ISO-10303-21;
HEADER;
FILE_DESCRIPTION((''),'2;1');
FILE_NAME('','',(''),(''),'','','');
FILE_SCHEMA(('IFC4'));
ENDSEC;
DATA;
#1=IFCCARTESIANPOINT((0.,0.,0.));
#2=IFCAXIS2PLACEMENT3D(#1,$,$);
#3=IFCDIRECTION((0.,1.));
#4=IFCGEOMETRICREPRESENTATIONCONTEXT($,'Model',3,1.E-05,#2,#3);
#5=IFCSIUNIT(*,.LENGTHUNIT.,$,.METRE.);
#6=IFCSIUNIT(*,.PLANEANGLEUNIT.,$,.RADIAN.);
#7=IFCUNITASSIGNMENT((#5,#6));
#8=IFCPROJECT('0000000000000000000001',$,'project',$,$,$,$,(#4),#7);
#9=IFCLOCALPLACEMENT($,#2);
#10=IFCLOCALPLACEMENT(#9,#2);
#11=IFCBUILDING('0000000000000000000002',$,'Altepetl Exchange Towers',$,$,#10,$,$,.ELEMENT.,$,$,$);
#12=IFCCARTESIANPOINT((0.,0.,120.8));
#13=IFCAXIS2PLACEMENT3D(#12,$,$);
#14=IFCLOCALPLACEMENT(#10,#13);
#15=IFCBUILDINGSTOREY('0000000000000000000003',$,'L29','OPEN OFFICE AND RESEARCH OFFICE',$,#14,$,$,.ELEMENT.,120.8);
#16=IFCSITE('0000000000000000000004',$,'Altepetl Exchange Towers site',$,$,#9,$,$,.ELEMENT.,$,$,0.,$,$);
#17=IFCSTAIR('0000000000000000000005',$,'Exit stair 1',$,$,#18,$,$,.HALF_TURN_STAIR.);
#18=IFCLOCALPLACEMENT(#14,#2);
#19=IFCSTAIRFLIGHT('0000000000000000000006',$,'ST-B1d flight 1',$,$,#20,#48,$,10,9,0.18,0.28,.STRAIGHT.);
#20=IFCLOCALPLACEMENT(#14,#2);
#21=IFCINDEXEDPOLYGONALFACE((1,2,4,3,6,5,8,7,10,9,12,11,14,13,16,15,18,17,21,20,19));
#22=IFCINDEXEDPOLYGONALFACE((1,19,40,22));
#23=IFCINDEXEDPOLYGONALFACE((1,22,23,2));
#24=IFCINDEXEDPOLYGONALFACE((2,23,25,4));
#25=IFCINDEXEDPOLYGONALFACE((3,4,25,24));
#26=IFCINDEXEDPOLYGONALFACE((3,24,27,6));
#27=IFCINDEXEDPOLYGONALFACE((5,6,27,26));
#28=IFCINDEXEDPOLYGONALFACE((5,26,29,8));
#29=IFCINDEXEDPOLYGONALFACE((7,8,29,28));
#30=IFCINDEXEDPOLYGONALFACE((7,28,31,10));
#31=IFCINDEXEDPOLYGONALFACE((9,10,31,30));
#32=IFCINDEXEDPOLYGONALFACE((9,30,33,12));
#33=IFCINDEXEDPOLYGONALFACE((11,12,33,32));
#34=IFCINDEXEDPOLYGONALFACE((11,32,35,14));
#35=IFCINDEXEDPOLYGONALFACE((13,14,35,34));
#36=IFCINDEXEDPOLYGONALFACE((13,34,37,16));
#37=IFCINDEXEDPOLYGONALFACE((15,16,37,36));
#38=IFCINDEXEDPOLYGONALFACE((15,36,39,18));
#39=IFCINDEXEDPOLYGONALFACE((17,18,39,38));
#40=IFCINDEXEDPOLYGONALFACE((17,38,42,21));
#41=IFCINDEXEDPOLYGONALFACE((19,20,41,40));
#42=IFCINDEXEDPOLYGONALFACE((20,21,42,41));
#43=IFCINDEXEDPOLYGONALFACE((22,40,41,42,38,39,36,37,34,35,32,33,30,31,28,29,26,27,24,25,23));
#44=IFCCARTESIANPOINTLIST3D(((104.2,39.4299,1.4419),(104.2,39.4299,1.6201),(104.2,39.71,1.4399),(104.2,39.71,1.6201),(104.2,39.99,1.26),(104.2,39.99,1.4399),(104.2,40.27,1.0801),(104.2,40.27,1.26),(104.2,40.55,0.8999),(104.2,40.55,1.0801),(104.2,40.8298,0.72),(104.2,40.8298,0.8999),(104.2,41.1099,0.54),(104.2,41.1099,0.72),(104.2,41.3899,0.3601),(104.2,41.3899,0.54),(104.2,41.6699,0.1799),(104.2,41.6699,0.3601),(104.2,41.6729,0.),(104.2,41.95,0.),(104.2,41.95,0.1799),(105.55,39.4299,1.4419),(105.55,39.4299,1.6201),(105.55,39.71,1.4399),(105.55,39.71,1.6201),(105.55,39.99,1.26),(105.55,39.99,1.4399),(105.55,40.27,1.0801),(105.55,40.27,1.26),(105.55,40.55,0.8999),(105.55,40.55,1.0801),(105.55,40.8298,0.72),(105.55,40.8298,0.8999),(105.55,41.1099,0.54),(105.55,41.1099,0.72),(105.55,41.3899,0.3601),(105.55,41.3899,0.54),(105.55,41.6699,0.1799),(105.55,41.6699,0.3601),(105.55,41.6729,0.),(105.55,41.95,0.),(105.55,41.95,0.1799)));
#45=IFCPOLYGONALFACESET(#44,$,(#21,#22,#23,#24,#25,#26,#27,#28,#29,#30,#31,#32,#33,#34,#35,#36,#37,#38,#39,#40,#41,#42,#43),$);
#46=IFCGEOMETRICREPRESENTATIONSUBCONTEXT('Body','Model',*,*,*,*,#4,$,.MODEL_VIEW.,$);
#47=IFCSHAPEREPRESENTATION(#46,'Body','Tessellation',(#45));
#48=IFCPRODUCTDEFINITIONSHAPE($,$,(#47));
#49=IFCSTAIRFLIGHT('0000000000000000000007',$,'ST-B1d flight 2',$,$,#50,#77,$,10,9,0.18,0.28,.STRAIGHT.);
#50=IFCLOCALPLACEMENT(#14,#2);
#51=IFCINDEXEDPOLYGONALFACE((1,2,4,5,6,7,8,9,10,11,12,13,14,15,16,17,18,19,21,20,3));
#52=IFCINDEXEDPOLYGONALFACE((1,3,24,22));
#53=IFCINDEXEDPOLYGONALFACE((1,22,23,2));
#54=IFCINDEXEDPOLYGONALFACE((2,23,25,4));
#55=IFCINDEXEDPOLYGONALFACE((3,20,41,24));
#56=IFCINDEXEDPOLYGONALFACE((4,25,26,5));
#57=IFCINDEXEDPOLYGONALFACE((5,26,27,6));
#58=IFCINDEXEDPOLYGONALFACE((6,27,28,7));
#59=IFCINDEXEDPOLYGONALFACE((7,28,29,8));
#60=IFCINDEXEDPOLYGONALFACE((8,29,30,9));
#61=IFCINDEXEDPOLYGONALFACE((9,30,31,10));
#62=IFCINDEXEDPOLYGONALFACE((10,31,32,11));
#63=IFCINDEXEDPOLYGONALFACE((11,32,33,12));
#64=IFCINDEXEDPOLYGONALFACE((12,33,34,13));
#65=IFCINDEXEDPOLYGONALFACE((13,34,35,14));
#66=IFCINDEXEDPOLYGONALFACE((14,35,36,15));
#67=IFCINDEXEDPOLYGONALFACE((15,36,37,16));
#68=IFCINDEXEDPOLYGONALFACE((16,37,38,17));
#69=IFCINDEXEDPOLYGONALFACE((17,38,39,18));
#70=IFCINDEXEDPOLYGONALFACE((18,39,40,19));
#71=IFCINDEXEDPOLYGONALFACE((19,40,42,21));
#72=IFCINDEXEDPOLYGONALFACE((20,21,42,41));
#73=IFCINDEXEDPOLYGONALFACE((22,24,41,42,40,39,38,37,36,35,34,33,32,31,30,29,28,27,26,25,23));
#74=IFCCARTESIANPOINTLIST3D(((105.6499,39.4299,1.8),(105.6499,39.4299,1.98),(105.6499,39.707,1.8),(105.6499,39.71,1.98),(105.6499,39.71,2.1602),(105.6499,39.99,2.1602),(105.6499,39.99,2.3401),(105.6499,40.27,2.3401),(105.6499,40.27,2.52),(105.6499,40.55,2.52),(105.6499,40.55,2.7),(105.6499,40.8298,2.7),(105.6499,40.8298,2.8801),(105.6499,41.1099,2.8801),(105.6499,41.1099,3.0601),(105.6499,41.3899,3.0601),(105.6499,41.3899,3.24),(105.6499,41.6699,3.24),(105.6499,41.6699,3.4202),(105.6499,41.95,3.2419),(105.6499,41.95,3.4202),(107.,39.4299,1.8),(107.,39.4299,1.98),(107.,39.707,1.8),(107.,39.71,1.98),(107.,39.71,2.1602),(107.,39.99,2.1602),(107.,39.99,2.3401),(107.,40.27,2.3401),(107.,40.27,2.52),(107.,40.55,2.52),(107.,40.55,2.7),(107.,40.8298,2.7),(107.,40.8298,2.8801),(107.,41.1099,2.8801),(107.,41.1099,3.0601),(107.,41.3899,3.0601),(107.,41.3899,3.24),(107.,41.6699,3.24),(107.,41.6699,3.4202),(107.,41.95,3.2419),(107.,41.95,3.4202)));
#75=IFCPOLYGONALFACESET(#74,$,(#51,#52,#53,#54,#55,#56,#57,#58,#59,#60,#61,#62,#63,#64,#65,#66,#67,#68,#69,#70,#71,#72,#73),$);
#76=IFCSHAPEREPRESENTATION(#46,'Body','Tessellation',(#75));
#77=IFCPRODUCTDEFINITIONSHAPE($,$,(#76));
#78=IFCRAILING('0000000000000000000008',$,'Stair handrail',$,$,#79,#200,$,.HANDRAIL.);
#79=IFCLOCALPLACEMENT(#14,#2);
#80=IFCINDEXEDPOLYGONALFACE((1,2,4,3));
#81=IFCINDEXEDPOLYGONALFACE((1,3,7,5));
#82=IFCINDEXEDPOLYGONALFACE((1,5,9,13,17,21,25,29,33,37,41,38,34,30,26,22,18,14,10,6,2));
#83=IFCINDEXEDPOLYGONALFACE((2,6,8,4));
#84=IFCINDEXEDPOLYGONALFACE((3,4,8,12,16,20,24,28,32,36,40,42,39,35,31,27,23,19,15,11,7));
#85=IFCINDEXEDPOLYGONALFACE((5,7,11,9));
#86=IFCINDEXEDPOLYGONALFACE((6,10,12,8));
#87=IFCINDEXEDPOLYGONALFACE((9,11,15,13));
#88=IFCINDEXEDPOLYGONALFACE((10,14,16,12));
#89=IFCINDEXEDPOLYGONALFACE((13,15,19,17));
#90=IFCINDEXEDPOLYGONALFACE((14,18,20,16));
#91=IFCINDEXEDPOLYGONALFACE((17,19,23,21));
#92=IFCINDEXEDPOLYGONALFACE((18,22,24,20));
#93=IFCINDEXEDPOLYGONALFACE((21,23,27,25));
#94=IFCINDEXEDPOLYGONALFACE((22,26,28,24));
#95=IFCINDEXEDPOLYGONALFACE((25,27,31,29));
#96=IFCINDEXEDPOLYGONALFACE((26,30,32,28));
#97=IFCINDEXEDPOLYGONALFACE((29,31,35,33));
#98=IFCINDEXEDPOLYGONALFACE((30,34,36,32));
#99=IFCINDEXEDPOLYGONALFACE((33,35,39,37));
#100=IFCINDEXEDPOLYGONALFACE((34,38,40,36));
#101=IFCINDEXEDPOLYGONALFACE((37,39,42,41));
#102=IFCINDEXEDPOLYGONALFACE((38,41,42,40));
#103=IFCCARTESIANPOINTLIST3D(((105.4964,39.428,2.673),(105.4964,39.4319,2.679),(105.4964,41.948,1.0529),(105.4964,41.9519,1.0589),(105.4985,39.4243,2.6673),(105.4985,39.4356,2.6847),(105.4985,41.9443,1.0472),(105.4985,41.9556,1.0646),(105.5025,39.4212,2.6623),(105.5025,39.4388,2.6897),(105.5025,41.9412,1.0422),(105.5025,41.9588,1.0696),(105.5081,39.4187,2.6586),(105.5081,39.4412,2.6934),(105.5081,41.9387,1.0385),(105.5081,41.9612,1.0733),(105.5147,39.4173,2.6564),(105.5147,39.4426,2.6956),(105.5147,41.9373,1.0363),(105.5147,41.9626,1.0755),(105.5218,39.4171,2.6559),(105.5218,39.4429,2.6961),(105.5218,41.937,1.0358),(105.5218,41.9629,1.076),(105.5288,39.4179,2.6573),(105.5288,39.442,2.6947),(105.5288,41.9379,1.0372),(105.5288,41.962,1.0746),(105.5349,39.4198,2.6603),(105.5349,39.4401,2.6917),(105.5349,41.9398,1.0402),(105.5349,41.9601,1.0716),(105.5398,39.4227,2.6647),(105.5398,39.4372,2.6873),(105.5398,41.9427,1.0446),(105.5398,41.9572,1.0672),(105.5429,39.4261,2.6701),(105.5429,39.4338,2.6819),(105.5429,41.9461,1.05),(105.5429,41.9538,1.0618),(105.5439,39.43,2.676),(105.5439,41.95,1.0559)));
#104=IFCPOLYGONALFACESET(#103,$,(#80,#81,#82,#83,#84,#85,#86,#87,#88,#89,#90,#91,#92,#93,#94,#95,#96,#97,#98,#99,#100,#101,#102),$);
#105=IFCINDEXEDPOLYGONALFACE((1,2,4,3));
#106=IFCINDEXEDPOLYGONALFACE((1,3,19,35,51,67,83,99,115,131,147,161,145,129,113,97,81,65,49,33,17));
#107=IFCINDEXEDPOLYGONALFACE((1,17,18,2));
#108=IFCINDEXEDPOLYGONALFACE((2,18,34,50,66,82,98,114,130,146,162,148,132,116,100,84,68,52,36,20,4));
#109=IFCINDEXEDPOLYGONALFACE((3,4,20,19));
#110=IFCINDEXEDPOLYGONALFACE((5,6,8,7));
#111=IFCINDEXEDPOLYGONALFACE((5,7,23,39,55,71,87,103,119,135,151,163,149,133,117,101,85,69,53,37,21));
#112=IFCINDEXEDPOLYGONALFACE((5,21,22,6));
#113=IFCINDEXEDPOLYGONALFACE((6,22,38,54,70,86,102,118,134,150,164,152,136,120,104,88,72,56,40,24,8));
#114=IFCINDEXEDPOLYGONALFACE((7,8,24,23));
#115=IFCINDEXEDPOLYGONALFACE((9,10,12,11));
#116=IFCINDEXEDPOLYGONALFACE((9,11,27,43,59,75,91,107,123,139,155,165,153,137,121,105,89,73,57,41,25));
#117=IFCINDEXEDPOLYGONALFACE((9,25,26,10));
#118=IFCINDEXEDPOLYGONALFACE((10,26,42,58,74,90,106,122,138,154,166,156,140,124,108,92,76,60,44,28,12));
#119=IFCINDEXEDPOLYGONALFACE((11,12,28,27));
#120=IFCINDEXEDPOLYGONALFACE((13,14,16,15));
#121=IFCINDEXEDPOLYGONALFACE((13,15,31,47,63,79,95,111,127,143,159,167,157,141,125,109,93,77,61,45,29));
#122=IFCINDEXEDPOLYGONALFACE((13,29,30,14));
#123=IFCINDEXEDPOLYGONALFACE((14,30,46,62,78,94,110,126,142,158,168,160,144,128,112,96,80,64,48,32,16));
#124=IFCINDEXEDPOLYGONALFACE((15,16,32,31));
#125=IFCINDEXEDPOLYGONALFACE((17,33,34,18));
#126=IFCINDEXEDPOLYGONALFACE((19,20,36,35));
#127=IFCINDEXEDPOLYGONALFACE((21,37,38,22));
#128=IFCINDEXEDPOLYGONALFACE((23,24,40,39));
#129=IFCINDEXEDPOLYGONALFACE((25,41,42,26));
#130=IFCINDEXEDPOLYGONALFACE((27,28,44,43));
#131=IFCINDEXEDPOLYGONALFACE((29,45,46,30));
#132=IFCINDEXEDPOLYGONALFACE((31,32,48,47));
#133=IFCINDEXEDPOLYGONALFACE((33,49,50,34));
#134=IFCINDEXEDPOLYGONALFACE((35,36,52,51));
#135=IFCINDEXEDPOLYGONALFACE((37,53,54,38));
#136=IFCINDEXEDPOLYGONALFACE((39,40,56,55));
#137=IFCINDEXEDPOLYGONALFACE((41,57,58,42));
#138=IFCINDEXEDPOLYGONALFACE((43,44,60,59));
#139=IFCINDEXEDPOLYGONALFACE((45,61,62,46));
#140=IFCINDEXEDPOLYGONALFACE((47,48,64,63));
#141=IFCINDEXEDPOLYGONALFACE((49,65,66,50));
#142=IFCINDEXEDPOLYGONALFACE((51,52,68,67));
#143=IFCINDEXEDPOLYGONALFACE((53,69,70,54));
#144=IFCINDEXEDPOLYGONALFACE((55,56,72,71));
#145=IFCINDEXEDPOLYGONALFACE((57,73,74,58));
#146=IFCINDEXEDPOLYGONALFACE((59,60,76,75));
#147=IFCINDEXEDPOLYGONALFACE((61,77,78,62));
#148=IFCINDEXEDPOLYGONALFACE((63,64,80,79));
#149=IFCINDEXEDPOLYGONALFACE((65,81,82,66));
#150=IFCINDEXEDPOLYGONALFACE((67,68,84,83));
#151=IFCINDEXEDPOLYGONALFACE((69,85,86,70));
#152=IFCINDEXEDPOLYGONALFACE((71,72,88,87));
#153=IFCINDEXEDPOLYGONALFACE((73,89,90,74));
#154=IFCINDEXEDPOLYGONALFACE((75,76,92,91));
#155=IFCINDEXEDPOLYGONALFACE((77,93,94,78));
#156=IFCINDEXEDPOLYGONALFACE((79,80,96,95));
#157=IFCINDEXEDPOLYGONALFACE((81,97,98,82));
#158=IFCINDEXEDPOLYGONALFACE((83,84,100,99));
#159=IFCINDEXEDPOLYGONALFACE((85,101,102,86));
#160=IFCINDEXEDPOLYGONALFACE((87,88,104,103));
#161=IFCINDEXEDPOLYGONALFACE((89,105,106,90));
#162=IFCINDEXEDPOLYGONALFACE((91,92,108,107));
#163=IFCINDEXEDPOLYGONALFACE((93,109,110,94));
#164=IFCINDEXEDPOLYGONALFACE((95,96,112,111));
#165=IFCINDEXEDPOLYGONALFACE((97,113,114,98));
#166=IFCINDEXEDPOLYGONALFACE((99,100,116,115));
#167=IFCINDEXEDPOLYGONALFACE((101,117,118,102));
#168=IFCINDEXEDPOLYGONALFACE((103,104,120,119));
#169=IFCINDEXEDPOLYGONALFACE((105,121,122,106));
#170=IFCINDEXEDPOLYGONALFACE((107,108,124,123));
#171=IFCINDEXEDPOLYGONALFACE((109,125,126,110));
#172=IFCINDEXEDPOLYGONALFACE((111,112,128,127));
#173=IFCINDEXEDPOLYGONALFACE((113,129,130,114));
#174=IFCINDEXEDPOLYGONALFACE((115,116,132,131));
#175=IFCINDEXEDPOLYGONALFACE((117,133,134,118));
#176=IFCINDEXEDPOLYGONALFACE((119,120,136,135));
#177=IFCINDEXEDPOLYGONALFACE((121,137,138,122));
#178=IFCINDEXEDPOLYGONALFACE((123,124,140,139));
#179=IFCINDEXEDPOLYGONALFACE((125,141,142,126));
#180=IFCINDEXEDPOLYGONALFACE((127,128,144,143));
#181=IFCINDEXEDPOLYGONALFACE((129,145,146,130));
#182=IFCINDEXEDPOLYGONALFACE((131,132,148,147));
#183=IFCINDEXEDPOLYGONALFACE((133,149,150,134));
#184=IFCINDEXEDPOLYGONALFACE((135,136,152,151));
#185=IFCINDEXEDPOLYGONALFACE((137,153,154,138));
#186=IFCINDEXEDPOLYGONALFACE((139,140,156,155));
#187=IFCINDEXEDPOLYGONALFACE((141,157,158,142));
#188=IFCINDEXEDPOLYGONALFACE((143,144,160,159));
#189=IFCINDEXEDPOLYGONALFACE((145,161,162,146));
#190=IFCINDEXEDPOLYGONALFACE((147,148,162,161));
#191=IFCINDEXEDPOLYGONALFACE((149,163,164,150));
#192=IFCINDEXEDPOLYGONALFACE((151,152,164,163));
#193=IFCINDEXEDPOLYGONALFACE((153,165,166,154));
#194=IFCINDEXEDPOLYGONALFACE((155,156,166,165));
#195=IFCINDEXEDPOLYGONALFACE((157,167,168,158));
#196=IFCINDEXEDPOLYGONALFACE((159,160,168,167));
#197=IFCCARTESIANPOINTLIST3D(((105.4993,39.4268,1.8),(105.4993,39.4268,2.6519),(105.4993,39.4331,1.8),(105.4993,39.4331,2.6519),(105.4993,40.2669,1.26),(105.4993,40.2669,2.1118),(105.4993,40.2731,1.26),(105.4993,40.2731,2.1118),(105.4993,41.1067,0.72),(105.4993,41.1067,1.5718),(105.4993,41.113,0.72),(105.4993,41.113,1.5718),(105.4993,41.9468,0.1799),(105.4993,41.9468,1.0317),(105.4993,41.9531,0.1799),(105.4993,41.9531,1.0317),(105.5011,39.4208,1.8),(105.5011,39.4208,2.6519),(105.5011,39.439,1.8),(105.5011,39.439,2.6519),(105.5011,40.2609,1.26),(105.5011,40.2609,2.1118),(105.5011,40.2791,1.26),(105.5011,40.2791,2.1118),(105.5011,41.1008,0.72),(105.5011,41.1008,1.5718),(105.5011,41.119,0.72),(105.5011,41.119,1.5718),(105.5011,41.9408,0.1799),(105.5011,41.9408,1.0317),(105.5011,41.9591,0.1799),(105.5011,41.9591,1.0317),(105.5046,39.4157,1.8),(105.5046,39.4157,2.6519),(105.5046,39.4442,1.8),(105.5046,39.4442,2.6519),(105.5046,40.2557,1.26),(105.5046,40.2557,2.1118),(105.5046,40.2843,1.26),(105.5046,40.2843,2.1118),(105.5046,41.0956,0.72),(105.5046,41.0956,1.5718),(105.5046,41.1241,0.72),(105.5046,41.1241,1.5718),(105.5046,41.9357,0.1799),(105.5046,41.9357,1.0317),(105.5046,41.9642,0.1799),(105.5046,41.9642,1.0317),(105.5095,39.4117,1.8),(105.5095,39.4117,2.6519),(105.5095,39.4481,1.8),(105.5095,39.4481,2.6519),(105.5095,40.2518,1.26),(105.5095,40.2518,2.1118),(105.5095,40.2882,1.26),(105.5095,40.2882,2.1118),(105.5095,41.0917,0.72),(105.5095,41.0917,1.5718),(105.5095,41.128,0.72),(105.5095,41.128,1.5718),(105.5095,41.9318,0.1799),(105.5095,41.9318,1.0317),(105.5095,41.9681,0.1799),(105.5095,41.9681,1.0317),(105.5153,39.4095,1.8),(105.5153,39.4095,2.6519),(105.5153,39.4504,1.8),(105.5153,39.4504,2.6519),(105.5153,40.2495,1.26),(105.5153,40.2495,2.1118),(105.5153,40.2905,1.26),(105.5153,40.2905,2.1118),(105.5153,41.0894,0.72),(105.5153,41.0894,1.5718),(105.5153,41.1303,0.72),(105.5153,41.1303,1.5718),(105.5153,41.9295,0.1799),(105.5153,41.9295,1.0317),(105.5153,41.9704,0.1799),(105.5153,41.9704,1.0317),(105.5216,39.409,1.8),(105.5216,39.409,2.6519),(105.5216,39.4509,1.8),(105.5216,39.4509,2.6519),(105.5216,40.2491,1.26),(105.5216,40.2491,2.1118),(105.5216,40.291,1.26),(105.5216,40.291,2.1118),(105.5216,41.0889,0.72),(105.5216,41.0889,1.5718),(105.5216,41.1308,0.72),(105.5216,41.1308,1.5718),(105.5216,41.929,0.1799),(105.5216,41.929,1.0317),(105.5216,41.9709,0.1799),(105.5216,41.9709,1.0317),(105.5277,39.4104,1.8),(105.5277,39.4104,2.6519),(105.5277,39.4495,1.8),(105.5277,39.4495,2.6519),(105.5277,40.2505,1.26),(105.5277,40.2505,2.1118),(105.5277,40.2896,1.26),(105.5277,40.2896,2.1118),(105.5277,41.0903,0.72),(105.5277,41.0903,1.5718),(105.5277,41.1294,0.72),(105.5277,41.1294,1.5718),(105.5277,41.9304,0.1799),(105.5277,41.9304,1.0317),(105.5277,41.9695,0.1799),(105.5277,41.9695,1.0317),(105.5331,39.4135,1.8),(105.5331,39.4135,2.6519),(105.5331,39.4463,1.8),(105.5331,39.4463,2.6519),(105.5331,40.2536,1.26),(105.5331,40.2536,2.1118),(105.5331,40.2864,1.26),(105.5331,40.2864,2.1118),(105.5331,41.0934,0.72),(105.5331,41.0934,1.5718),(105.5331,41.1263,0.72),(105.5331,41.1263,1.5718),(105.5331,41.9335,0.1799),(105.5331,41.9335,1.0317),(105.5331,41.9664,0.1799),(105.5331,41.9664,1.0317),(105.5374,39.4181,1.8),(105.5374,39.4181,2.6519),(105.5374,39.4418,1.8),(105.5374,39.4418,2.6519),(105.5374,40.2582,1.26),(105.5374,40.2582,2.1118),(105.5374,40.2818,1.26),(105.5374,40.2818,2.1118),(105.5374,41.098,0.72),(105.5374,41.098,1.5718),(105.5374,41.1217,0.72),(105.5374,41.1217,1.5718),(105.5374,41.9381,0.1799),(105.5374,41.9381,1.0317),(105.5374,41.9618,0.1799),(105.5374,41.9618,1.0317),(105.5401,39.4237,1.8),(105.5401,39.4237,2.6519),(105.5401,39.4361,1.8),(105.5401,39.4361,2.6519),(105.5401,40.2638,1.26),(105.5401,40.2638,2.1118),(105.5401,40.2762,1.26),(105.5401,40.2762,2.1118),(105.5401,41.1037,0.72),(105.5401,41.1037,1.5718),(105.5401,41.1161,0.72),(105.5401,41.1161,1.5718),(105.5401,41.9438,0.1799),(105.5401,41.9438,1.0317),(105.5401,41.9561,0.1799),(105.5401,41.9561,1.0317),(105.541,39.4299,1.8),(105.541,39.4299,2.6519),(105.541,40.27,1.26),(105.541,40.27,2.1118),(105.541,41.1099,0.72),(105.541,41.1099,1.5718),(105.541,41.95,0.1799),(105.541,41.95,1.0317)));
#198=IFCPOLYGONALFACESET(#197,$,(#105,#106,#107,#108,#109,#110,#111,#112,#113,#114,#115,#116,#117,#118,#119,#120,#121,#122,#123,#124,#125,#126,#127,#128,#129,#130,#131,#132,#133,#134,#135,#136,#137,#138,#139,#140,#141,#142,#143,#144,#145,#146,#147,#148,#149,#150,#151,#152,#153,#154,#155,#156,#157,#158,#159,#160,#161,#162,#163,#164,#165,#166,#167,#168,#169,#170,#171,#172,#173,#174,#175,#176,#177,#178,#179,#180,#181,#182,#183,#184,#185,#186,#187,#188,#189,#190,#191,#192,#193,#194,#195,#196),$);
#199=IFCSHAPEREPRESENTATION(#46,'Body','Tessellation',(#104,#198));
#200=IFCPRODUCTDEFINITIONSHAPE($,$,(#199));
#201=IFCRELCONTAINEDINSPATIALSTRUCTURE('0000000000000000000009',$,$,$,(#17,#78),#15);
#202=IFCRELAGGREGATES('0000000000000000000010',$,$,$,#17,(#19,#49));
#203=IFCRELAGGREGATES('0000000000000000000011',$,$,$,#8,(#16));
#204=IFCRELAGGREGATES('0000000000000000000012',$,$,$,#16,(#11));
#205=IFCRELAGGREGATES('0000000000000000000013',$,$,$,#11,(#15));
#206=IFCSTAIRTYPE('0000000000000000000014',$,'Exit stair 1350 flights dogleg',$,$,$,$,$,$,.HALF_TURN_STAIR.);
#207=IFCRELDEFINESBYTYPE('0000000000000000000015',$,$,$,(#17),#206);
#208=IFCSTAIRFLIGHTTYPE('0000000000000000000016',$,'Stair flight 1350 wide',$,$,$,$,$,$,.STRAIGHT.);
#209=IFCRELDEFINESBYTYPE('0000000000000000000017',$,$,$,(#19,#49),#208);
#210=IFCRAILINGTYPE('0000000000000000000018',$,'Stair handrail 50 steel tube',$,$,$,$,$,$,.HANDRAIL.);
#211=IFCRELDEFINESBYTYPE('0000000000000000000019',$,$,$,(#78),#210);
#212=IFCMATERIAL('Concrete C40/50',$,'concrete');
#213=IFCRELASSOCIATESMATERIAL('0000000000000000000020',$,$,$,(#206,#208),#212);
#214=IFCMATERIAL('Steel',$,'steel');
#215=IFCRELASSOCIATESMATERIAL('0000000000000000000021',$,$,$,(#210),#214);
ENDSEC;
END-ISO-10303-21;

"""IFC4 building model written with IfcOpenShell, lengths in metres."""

from ifc_helpers import new_model, si_unit, direction, frame, origin, origin_2d, place, context, subcontext, project, spatial, polyline, circle, outline, extrude, source, transform, mapped, material, type_object, element, aggregate, save


model = new_model("IFC4")

# Units and contexts
model_context = context("Model", 3, precision=1e-05, world=origin(), true_north=direction((0.0, 1.0)))
body_context = subcontext(model_context, "Body", "Model", "MODEL_VIEW")
ifc_project = project(units=[si_unit("LENGTHUNIT", "METRE"), si_unit("PLANEANGLEUNIT", "RADIAN")], contexts=[model_context])

# Site, building, storey
site_placement = place(None, origin())
site = spatial("IfcSite", under=ifc_project, at=site_placement, Name="Altepetl Exchange Towers site", CompositionType="ELEMENT", RefElevation=0.0)
building_placement = place(site_placement, origin())
building = spatial("IfcBuilding", under=site, at=building_placement, Name="Altepetl Exchange Towers", CompositionType="ELEMENT")
storey_placement = place(building_placement, frame((0.0, 0.0, 120.8)))
storey = spatial("IfcBuildingStorey", under=building, at=storey_placement, Name="L29", Description="OPEN OFFICE AND RESEARCH OFFICE", CompositionType="ELEMENT", Elevation=120.8)

# Shared definitions
ifc_material_1 = material(Name="Concrete C40/50", Category="concrete")

# Stair, stair flights
stair_type = type_object("IfcStairType", Name="Exit stair 1350 flights dogleg", PredefinedType="HALF_TURN_STAIR", material=ifc_material_1)
stair_placement = place(storey_placement, origin())
stair = element("IfcStair", 1, at=stair_placement, inside=storey, type_object=stair_type, Name="Exit stair 1", PredefinedType="HALF_TURN_STAIR")
stair_flight_type = type_object("IfcStairFlightType", Name="Stair flight 1350 wide", PredefinedType="STRAIGHT", material=ifc_material_1)
stair_flight_1_placement = place(storey_placement, frame((104.875, 41.95, 0.0), z_axis=(0.0, 0.0, 1.0), x_axis=(0.0, -1.0, 0.0)))
stair_flight_1 = element("IfcStairFlight", 2, at=stair_flight_1_placement, type_object=stair_flight_type, Name="ST-B1d flight 1", NumberOfRisers=10, NumberOfTreads=9, PredefinedType="STRAIGHT", RiserHeight=0.18, TreadLength=0.28, context=body_context, shape_type="SweptSolid", body=[
    extrude(outline(polyline([(0.0, 0.0), (0.0, 0.1799), (0.28, 0.1799), (0.28, 0.3601), (0.5601, 0.3601), (0.5601, 0.54), (0.8401, 0.54), (0.8401, 0.72), (1.1201, 0.72), (1.1201, 0.8999), (1.3999, 0.8999), (1.3999, 1.0801), (1.6799, 1.0801), (1.6799, 1.26), (1.96, 1.26), (1.96, 1.4399), (2.24, 1.4399), (2.24, 1.6201), (2.52, 1.6201), (2.52, 1.8), (2.52, 1.4419), (0.2771, 0.0), (0.0, 0.0)])), frame((0.0, 0.675, 0.0), z_axis=(0.0, -1.0, 0.0), x_axis=(1.0, 0.0, 0.0)), (0.0, 0.0, 1.0), 1.3501),
])
stair_flight_2_placement = place(storey_placement, frame((106.325, 39.4299, 1.8), z_axis=(0.0, 0.0, 1.0), x_axis=(0.0, 1.0, 0.0)))
stair_flight_2 = element("IfcStairFlight", 3, at=stair_flight_2_placement, type_object=stair_flight_type, Name="ST-B1d flight 2", NumberOfRisers=10, NumberOfTreads=9, PredefinedType="STRAIGHT", RiserHeight=0.18, TreadLength=0.28, context=body_context, shape_type="SweptSolid", body=[
    extrude(outline(polyline([(0.0, 0.0), (0.0, 0.1799), (0.28, 0.1799), (0.28, 0.3601), (0.5601, 0.3601), (0.5601, 0.54), (0.8401, 0.54), (0.8401, 0.72), (1.1201, 0.72), (1.1201, 0.8999), (1.3999, 0.8999), (1.3999, 1.0801), (1.6799, 1.0801), (1.6799, 1.26), (1.96, 1.26), (1.96, 1.4399), (2.24, 1.4399), (2.24, 1.6201), (2.52, 1.6201), (2.52, 1.8), (2.52, 1.4419), (0.2771, 0.0), (0.0, 0.0)])), frame((0.0, 0.675, 0.0), z_axis=(0.0, -1.0, 0.0), x_axis=(1.0, 0.0, 0.0)), (0.0, 0.0, 1.0), 1.3501),
])
aggregate(stair, [stair_flight_1, stair_flight_2])

# Railing
ifc_material_2 = material(Name="Steel", Category="steel")
railing_type = type_object("IfcRailingType", Name="Stair handrail 50 steel tube", PredefinedType="HANDRAIL", material=ifc_material_2)
shared_shape = source(origin(), body_context, "Body", "SweptSolid", [
    extrude(circle(Radius=0.021, at=origin_2d()), origin(), (0.0, 0.0, 1.0), 0.8518),
])
railing_1_placement = place(storey_placement, frame((105.52, 41.95, 0.1799)))
element("IfcRailing", 4, at=railing_1_placement, inside=storey, type_object=railing_type, Name="Stair handrail", PredefinedType="HANDRAIL", context=body_context, shape_type="SweptSolid", body=[
    extrude(circle(Radius=0.0239, at=origin_2d()), frame((0.0, 0.0, 0.876), z_axis=(0.0, -0.841163, 0.540782), x_axis=(1.0, 0.0, 0.0)), (0.0, 0.0, 1.0), 2.9958),
    mapped(shared_shape, transform((0.0, 0.0, 0.0))),
    mapped(shared_shape, transform((0.0, -0.8401, 0.54))),
    mapped(shared_shape, transform((0.0, -1.6799, 1.0801))),
    mapped(shared_shape, transform((0.0, -2.52, 1.6201))),
])

save(model, "model.ifc")
